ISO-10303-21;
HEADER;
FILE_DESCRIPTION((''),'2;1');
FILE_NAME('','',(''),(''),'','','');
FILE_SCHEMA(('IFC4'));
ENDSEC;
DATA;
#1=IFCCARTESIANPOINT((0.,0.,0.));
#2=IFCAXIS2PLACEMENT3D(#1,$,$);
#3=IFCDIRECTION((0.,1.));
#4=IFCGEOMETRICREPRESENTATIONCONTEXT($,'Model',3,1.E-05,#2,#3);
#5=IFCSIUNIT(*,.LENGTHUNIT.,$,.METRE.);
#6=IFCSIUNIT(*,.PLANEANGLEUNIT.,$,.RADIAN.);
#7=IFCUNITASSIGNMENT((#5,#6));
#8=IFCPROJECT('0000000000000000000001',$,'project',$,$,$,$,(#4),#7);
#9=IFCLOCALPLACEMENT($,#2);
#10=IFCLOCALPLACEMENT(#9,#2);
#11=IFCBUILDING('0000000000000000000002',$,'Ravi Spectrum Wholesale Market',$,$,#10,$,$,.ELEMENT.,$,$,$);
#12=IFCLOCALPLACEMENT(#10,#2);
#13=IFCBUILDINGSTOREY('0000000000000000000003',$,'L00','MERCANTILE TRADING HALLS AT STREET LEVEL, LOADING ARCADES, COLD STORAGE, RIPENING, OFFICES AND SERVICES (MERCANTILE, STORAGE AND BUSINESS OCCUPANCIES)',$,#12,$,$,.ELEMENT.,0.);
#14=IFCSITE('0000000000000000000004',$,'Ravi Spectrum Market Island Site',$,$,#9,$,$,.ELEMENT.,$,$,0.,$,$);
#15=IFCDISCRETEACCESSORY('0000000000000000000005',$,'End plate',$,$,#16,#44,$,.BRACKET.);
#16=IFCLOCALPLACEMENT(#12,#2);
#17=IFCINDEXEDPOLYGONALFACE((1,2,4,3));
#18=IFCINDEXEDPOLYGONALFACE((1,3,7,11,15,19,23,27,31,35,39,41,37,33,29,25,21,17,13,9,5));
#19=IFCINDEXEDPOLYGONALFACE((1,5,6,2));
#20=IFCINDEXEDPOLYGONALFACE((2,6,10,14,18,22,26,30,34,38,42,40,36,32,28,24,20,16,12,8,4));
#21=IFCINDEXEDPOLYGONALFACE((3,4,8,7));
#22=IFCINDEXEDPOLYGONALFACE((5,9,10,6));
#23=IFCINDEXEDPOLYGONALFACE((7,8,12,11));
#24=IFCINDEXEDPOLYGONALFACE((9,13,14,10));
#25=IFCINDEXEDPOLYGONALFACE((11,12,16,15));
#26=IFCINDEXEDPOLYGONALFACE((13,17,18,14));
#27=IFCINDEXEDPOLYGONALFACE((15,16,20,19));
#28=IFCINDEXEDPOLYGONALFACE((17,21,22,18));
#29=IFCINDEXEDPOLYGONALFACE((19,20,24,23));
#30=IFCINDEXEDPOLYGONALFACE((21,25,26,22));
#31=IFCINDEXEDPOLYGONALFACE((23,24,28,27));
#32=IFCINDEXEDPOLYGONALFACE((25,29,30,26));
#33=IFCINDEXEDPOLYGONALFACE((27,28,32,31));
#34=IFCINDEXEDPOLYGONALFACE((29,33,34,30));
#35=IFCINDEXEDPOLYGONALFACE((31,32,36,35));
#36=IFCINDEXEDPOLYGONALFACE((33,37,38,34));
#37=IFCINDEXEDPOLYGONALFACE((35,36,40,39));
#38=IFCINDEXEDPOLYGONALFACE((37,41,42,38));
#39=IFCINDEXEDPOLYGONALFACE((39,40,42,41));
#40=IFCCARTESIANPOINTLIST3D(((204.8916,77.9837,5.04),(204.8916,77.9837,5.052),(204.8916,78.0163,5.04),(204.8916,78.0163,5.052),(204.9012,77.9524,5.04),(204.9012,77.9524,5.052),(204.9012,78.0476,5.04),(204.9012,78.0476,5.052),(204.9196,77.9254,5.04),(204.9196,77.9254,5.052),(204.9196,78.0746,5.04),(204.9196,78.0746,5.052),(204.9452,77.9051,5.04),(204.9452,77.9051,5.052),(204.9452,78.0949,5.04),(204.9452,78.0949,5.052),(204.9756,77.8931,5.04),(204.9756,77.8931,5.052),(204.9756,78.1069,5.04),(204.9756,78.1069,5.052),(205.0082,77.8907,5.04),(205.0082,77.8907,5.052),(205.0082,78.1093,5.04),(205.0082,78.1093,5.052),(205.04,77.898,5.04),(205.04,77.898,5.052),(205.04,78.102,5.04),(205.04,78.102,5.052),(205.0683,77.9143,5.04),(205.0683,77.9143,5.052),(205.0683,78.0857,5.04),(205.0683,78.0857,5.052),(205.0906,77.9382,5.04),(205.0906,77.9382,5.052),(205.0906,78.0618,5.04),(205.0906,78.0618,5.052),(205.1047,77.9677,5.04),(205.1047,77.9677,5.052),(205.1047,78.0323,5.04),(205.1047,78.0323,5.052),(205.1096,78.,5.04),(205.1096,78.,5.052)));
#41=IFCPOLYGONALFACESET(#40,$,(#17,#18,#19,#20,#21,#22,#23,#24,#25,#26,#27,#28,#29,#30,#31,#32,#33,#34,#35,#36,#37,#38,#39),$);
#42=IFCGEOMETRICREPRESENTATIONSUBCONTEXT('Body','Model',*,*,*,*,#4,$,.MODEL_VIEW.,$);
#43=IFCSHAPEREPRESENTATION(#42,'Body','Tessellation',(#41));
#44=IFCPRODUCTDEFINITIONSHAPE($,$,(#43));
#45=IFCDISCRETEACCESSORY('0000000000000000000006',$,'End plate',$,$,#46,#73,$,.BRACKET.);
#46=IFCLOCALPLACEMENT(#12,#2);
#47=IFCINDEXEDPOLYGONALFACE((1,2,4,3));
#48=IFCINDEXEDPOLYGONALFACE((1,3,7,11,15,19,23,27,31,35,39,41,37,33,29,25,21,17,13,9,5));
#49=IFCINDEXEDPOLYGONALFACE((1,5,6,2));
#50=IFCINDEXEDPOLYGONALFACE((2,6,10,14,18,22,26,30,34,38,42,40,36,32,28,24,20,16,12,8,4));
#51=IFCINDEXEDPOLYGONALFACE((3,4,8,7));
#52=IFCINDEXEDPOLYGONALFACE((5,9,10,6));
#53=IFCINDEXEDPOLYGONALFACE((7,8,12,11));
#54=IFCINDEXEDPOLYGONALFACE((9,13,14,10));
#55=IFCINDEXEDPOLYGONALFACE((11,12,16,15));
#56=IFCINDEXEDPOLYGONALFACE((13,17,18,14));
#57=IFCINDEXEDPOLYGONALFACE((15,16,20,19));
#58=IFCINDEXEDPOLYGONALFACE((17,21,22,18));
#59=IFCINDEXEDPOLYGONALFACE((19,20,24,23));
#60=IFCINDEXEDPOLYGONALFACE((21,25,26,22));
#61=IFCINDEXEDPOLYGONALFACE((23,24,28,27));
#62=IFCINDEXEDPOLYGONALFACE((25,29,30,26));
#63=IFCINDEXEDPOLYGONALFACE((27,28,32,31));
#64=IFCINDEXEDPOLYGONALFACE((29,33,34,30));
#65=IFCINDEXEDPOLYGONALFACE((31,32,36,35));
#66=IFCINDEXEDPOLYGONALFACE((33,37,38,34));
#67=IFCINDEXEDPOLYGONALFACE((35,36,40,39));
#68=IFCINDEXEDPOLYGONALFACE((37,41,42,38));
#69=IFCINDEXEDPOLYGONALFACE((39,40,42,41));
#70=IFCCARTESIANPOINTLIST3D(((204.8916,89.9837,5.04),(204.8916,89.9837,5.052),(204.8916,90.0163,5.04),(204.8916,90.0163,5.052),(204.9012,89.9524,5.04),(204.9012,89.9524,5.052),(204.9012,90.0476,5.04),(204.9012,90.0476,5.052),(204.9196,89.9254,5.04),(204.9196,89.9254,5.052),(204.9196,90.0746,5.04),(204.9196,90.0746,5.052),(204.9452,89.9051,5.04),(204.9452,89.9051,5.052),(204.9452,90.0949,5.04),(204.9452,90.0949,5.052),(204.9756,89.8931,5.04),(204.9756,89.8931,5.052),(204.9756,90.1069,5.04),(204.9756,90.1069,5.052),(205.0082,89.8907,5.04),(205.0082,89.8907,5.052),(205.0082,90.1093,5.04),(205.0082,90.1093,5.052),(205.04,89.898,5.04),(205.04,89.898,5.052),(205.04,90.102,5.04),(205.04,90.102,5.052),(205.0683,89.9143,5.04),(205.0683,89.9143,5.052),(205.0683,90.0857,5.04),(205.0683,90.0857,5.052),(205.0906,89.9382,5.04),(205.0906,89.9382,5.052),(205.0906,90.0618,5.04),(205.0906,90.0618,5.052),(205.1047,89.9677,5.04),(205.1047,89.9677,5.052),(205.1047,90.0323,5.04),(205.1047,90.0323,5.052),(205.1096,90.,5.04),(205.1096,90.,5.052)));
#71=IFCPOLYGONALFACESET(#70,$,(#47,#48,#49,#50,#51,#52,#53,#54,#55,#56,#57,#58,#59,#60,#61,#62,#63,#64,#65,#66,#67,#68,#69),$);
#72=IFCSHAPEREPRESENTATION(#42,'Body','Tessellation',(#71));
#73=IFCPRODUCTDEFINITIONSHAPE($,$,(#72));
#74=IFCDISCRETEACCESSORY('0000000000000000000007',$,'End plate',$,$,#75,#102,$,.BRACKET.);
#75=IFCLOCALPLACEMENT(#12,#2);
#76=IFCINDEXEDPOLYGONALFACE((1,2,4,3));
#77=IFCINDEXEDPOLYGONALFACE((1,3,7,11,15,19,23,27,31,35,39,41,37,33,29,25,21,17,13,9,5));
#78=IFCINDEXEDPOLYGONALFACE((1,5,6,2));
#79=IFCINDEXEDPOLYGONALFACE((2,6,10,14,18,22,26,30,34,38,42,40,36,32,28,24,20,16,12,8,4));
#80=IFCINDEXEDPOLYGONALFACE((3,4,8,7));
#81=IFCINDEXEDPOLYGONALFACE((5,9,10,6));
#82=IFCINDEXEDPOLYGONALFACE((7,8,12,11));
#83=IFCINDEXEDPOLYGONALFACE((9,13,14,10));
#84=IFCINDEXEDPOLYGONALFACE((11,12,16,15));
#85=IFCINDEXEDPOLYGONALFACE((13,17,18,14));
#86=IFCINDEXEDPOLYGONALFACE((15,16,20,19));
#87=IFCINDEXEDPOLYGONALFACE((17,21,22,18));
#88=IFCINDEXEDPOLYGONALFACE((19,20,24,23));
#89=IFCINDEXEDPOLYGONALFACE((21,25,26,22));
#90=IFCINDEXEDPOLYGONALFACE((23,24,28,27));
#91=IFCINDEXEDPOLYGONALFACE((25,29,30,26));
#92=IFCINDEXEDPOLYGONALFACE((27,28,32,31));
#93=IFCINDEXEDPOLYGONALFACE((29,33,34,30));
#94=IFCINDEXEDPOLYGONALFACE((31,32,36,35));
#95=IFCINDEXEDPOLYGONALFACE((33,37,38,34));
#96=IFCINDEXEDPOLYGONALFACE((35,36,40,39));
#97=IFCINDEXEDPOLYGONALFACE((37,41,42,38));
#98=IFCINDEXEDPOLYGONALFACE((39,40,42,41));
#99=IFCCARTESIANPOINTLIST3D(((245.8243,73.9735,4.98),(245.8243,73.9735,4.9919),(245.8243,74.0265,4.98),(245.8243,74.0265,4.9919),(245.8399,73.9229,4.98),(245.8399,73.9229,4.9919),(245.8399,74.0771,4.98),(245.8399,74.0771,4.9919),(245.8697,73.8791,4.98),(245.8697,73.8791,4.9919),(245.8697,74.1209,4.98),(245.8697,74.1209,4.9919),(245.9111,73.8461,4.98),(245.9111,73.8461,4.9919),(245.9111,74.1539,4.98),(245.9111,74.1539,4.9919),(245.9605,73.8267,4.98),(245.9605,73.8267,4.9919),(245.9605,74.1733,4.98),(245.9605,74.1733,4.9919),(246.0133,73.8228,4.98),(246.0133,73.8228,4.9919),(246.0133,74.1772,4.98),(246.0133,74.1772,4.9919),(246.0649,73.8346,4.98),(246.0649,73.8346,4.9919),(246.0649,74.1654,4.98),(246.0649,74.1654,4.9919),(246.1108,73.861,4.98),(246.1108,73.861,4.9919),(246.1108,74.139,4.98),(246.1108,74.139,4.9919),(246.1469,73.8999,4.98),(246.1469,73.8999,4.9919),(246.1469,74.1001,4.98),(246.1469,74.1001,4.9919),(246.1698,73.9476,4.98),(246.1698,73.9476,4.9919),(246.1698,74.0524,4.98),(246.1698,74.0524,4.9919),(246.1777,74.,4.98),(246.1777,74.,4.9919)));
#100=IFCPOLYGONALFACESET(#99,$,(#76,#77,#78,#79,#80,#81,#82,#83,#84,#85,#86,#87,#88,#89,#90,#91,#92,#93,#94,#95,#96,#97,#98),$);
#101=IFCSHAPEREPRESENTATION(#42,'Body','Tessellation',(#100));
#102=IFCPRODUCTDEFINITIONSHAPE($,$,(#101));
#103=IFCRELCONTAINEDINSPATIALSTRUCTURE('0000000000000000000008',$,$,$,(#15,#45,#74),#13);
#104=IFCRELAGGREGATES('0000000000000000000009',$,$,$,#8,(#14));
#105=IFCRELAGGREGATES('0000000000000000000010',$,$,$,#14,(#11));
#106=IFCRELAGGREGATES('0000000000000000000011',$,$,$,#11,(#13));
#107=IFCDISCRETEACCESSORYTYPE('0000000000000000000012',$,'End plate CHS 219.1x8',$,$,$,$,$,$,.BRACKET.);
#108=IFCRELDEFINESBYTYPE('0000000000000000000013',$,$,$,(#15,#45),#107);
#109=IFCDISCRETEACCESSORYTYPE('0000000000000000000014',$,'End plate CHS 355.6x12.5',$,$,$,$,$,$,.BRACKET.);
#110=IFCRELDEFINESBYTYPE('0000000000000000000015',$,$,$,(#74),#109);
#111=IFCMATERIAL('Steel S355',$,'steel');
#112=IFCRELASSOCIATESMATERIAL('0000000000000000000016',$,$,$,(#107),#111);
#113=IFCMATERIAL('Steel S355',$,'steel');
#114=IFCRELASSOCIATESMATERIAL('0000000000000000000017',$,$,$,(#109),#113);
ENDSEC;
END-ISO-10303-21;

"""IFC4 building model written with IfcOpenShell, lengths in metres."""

from ifc_helpers import new_model, si_unit, direction, frame, origin, origin_2d, place, context, subcontext, project, spatial, circle, extrude, material, material_profile, profile_set, type_object, element, save


model = new_model("IFC4")

# Units and contexts
model_context = context("Model", 3, precision=1e-05, world=origin(), true_north=direction((0.0, 1.0)))
body_context = subcontext(model_context, "Body", "Model", "MODEL_VIEW")
ifc_project = project(units=[si_unit("LENGTHUNIT", "METRE"), si_unit("PLANEANGLEUNIT", "RADIAN")], contexts=[model_context])

# Site, building, storey
site_placement = place(None, origin())
site = spatial("IfcSite", under=ifc_project, at=site_placement, Name="Ravi Spectrum Market Island Site", CompositionType="ELEMENT", RefElevation=0.0)
building_placement = place(site_placement, origin())
building = spatial("IfcBuilding", under=site, at=building_placement, Name="Ravi Spectrum Wholesale Market", CompositionType="ELEMENT")
storey_placement = place(building_placement, origin())
storey = spatial("IfcBuildingStorey", under=building, at=storey_placement, Name="L00", Description="MERCANTILE TRADING HALLS AT STREET LEVEL, LOADING ARCADES, COLD STORAGE, RIPENING, OFFICES AND SERVICES (MERCANTILE, STORAGE AND BUSINESS OCCUPANCIES)", CompositionType="ELEMENT", Elevation=0.0)

# Discrete accessories
ifc_material_1 = material(Name="Steel S355", Category="steel")
ifc_material_profile_1 = material_profile(ifc_material_1, circle(Radius=0.1096, at=origin_2d()))
ifc_profile_set_1 = profile_set([ifc_material_profile_1], Name="Steel S355")
discrete_accessory_type_1 = type_object("IfcDiscreteAccessoryType", Name="End plate CHS 219.1x8", PredefinedType="BRACKET", material=ifc_profile_set_1)
for number, where, z_axis, x_axis, name in (
    (1, (205.0, 78.0, 5.04), (0.0, 0.0, 1.0), (1.0, 0.0, 0.0), "End plate"),
    (2, (205.0, 90.0, 5.04), (0.0, 0.0, 1.0), (1.0, 0.0, 0.0), "End plate"),
):
    element("IfcDiscreteAccessory", number, at=place(storey_placement, frame(where, z_axis=z_axis, x_axis=x_axis)), inside=storey, type_object=discrete_accessory_type_1, Name=name, PredefinedType="BRACKET", context=body_context, shape_type="SweptSolid", body=[
        extrude(circle(Radius=0.1096, at=origin_2d()), origin(), (0.0, 0.0, 1.0), 0.012),
    ])
ifc_material_2 = material(Name="Steel S355", Category="steel")
ifc_material_profile_2 = material_profile(ifc_material_2, circle(Radius=0.1777, at=origin_2d()))
ifc_profile_set_2 = profile_set([ifc_material_profile_2], Name="Steel S355")
discrete_accessory_type_2 = type_object("IfcDiscreteAccessoryType", Name="End plate CHS 355.6x12.5", PredefinedType="BRACKET", material=ifc_profile_set_2)
discrete_accessory_placement = place(storey_placement, frame((246.0, 74.0, 4.98), z_axis=(0.0, 0.0, 1.0), x_axis=(1.0, 0.0, 0.0)))
element("IfcDiscreteAccessory", 3, at=discrete_accessory_placement, inside=storey, type_object=discrete_accessory_type_2, Name="End plate", PredefinedType="BRACKET", context=body_context, shape_type="SweptSolid", body=[
    extrude(circle(Radius=0.1777, at=origin_2d()), origin(), (0.0, 0.0, 1.0), 0.012),
])

save(model, "model.ifc")
